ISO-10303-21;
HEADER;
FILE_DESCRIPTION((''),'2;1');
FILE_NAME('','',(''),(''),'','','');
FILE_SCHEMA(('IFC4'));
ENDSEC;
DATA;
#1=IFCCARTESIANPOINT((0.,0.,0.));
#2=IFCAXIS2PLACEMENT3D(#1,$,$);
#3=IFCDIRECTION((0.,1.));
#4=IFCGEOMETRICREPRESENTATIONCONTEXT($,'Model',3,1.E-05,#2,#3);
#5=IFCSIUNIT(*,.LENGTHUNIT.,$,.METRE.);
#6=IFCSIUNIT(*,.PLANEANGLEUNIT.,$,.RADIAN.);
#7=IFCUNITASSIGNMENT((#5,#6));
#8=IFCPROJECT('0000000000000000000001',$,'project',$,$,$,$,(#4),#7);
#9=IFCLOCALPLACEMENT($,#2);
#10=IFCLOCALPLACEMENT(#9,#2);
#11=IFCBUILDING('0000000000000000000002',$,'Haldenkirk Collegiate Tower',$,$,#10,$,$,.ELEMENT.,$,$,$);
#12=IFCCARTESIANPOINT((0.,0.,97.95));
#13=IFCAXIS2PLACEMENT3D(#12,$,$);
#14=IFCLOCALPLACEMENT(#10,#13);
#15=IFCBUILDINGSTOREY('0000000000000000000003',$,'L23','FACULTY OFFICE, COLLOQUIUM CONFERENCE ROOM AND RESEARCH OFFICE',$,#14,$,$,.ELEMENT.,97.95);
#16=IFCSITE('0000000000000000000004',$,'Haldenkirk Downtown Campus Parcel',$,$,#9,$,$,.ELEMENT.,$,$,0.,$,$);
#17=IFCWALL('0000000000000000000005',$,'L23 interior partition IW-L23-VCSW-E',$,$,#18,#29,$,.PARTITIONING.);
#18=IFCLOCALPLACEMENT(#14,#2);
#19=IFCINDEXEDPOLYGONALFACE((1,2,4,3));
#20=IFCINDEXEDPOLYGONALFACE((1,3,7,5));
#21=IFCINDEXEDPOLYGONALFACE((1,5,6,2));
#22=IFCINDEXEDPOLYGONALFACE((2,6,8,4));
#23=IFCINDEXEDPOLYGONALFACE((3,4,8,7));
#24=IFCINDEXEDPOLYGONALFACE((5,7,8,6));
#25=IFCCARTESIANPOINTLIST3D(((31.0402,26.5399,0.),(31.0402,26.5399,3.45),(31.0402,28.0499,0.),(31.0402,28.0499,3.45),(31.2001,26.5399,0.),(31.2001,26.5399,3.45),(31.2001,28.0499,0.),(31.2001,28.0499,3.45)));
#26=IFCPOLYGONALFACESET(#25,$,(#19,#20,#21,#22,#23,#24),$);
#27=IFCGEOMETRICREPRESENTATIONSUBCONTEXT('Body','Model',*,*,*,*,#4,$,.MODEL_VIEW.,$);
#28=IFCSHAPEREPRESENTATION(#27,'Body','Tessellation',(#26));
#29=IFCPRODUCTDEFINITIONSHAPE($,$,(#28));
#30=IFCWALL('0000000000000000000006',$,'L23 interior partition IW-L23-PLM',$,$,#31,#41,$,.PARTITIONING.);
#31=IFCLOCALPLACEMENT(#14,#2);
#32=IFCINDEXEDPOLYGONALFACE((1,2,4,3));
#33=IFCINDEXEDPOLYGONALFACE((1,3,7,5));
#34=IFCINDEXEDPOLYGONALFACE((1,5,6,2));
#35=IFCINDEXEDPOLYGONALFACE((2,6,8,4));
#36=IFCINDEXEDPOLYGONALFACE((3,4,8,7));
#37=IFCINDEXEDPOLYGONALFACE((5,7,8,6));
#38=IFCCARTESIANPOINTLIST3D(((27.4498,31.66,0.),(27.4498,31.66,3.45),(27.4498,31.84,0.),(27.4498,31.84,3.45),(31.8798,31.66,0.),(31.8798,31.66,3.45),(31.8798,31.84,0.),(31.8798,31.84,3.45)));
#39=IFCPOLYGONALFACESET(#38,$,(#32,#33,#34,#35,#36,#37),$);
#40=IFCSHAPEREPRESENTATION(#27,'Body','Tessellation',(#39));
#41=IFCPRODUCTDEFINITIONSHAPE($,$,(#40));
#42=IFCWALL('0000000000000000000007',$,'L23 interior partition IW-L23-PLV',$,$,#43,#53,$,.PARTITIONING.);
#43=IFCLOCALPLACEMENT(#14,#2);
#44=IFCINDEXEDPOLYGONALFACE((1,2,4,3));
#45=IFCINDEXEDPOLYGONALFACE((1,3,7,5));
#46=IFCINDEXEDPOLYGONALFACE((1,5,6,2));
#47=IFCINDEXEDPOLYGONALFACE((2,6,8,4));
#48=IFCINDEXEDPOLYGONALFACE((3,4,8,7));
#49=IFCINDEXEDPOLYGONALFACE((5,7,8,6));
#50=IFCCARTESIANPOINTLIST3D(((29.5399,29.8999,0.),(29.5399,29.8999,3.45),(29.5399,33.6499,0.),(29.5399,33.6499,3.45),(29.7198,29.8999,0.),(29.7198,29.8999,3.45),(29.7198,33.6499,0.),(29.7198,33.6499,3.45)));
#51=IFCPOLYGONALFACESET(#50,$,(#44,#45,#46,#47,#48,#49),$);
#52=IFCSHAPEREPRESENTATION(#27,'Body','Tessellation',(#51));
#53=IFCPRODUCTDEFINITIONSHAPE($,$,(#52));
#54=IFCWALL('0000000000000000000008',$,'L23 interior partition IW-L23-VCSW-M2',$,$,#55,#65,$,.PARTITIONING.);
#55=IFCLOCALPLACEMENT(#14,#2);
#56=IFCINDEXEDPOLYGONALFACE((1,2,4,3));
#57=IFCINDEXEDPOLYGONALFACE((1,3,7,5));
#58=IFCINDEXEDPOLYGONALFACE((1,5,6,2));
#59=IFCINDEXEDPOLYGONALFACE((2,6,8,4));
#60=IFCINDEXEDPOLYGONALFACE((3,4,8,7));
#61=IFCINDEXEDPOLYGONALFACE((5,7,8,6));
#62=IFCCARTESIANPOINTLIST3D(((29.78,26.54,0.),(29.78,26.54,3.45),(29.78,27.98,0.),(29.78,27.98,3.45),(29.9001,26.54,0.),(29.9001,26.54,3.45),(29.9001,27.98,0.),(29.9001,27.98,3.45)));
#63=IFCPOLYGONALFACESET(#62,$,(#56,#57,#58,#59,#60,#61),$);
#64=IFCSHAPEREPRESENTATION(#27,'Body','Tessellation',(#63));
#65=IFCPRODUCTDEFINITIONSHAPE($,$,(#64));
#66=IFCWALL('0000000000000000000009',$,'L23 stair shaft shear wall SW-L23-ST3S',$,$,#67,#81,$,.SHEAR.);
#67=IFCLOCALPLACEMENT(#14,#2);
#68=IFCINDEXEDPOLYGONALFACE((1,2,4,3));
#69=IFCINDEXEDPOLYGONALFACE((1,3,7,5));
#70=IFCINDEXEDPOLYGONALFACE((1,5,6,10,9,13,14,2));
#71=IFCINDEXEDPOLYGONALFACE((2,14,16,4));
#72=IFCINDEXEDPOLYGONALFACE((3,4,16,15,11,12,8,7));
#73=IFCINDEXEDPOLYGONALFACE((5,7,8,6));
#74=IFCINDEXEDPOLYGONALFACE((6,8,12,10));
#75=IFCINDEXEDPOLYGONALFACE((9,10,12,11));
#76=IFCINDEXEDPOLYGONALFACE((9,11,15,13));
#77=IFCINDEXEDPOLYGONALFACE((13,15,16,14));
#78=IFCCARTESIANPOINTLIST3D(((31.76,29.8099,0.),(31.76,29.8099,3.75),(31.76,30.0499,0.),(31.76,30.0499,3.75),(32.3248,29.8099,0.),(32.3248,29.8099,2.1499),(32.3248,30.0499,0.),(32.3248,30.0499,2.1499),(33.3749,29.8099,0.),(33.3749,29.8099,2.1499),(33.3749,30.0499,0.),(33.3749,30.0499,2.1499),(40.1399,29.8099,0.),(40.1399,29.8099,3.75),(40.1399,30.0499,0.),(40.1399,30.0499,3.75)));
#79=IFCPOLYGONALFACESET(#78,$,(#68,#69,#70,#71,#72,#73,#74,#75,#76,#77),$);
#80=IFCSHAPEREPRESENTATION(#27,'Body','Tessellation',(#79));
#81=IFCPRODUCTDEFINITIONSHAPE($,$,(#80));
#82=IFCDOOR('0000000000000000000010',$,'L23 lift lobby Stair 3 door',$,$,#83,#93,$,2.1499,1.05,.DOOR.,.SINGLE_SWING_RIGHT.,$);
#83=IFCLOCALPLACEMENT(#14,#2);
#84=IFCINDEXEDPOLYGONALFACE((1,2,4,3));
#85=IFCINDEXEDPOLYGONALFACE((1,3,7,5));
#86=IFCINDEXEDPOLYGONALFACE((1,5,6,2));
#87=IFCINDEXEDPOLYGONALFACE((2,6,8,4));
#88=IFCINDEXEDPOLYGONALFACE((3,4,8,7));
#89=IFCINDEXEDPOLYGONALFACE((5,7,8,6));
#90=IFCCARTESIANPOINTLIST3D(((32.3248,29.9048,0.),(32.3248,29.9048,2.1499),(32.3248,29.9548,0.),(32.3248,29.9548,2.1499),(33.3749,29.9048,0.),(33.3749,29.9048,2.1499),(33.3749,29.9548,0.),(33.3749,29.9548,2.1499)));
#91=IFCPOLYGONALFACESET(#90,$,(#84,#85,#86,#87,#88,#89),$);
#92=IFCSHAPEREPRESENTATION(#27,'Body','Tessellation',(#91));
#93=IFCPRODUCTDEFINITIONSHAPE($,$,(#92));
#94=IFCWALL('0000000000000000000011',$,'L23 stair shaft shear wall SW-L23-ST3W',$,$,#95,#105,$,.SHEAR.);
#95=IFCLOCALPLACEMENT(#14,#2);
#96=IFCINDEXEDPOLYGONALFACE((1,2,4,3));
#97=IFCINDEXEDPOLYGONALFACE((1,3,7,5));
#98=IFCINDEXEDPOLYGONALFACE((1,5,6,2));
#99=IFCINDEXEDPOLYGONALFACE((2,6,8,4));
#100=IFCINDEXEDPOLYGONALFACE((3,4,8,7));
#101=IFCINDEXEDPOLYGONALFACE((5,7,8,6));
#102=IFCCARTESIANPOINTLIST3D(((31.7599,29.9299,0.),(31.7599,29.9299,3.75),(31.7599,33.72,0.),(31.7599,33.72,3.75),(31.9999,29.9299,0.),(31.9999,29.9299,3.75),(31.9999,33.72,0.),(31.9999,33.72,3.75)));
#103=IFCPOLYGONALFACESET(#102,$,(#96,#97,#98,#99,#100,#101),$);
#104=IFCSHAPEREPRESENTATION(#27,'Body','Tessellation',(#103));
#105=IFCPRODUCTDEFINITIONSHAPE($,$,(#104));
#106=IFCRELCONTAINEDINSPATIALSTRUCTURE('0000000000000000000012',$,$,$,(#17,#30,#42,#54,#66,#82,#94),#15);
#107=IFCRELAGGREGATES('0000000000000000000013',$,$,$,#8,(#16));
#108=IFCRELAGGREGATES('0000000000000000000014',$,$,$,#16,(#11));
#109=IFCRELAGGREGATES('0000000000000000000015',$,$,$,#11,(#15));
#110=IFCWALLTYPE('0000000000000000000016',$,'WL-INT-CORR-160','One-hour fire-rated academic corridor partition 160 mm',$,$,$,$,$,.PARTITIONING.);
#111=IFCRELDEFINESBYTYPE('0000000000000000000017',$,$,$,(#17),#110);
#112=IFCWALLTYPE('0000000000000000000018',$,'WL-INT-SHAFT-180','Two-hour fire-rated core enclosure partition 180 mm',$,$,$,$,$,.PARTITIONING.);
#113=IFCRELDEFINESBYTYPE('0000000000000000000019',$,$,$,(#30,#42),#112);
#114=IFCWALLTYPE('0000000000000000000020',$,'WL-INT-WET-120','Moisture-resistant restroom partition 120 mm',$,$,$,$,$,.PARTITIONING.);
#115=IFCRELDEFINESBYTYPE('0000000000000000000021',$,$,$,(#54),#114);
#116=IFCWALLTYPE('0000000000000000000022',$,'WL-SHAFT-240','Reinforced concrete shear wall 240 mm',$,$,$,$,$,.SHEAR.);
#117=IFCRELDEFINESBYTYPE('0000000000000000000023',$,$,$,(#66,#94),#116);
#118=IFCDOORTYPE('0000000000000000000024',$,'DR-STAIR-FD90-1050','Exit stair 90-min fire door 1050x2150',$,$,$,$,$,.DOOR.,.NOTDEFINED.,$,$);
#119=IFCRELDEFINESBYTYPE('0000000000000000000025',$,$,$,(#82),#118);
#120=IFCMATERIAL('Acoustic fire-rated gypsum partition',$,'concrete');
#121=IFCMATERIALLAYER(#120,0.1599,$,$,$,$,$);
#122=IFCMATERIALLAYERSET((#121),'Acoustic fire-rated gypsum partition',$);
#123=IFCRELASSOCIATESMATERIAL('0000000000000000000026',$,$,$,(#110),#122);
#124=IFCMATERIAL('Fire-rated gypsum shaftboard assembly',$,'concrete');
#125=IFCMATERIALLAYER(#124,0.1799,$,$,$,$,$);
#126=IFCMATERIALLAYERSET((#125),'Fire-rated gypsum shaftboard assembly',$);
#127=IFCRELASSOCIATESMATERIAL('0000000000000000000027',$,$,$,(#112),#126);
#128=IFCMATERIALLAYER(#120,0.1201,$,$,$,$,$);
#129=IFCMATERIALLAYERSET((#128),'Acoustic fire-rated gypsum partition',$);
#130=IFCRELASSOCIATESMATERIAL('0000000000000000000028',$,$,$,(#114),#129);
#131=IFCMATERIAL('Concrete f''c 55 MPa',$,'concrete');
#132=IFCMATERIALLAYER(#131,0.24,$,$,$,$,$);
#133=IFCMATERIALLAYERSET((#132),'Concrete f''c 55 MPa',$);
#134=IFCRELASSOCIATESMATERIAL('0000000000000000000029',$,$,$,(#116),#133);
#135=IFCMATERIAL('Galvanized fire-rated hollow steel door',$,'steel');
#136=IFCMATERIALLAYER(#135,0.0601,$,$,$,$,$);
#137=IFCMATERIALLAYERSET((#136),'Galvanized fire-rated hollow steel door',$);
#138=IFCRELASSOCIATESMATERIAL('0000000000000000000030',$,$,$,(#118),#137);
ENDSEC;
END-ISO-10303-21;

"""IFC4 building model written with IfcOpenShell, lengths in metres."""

from ifc_helpers import new_model, si_unit, direction, frame, frame_2d, origin, place, context, subcontext, project, spatial, rectangle, extrude, material, layer, layer_set, type_object, element, fill, save


model = new_model("IFC4")

# Units and contexts
model_context = context("Model", 3, precision=1e-05, world=origin(), true_north=direction((0.0, 1.0)))
body_context = subcontext(model_context, "Body", "Model", "MODEL_VIEW")
ifc_project = project(units=[si_unit("LENGTHUNIT", "METRE"), si_unit("PLANEANGLEUNIT", "RADIAN")], contexts=[model_context])

# Site, building, storey
site_placement = place(None, origin())
site = spatial("IfcSite", under=ifc_project, at=site_placement, Name="Haldenkirk Downtown Campus Parcel", CompositionType="ELEMENT", RefElevation=0.0)
building_placement = place(site_placement, origin())
building = spatial("IfcBuilding", under=site, at=building_placement, Name="Haldenkirk Collegiate Tower", CompositionType="ELEMENT")
storey_placement = place(building_placement, frame((0.0, 0.0, 97.95)))
storey = spatial("IfcBuildingStorey", under=building, at=storey_placement, Name="L23", Description="FACULTY OFFICE, COLLOQUIUM CONFERENCE ROOM AND RESEARCH OFFICE", CompositionType="ELEMENT", Elevation=97.95)

# Shared definitions
ifc_material_1 = material(Name="Acoustic fire-rated gypsum partition", Category="concrete")
ifc_layer_1 = layer(ifc_material_1, 0.1599)
ifc_layer_set_1 = layer_set([ifc_layer_1], Name="Acoustic fire-rated gypsum partition")
wall_type_1 = type_object("IfcWallType", Name="WL-INT-CORR-160", Description="One-hour fire-rated academic corridor partition 160 mm", PredefinedType="PARTITIONING", material=ifc_layer_set_1)

# Wall
wall_1_placement = place(storey_placement, frame((31.1201, 26.54, 0.0), z_axis=(0.0, 0.0, 1.0), x_axis=(0.0, 1.0, 0.0)))
element("IfcWall", 1, at=wall_1_placement, inside=storey, type_object=wall_type_1, Name="L23 interior partition IW-L23-VCSW-E", PredefinedType="PARTITIONING", context=body_context, shape_type="SweptSolid", body=[
    extrude(rectangle(XDim=1.51, YDim=0.1599, at=frame_2d((0.7549, 0.0))), origin(), (0.0, 0.0, 1.0), 3.45),
])

# Shared definitions
ifc_material_2 = material(Name="Fire-rated gypsum shaftboard assembly", Category="concrete")
ifc_layer_2 = layer(ifc_material_2, 0.1799)
ifc_layer_set_2 = layer_set([ifc_layer_2], Name="Fire-rated gypsum shaftboard assembly")
wall_type_2 = type_object("IfcWallType", Name="WL-INT-SHAFT-180", Description="Two-hour fire-rated core enclosure partition 180 mm", PredefinedType="PARTITIONING", material=ifc_layer_set_2)

# Walls
wall_2_placement = place(storey_placement, frame((27.45, 31.75, 0.0), z_axis=(0.0, 0.0, 1.0), x_axis=(1.0, 0.0, 0.0)))
element("IfcWall", 2, at=wall_2_placement, inside=storey, type_object=wall_type_2, Name="L23 interior partition IW-L23-PLM", PredefinedType="PARTITIONING", context=body_context, shape_type="SweptSolid", body=[
    extrude(rectangle(XDim=4.4299, YDim=0.1799, at=frame_2d((2.2148, 0.0))), origin(), (0.0, 0.0, 1.0), 3.45),
])
wall_3_placement = place(storey_placement, frame((29.6299, 29.8999, 0.0), z_axis=(0.0, 0.0, 1.0), x_axis=(0.0, 1.0, 0.0)))
element("IfcWall", 3, at=wall_3_placement, inside=storey, type_object=wall_type_2, Name="L23 interior partition IW-L23-PLV", PredefinedType="PARTITIONING", context=body_context, shape_type="SweptSolid", body=[
    extrude(rectangle(XDim=3.75, YDim=0.1799, at=frame_2d((1.875, 0.0))), origin(), (0.0, 0.0, 1.0), 3.45),
])

# Wall
ifc_layer_3 = layer(ifc_material_1, 0.1201)
ifc_layer_set_3 = layer_set([ifc_layer_3], Name="Acoustic fire-rated gypsum partition")
wall_type_3 = type_object("IfcWallType", Name="WL-INT-WET-120", Description="Moisture-resistant restroom partition 120 mm", PredefinedType="PARTITIONING", material=ifc_layer_set_3)
wall_4_placement = place(storey_placement, frame((29.8401, 26.54, 0.0), z_axis=(0.0, 0.0, 1.0), x_axis=(0.0, 1.0, 0.0)))
element("IfcWall", 4, at=wall_4_placement, inside=storey, type_object=wall_type_3, Name="L23 interior partition IW-L23-VCSW-M2", PredefinedType="PARTITIONING", context=body_context, shape_type="SweptSolid", body=[
    extrude(rectangle(XDim=1.4399, YDim=0.1201, at=frame_2d((0.72, 0.0))), origin(), (0.0, 0.0, 1.0), 3.45),
])

# Wall, opening, door
ifc_material_3 = material(Name="Concrete f'c 55 MPa", Category="concrete")
ifc_layer_4 = layer(ifc_material_3, 0.24)
ifc_layer_set_4 = layer_set([ifc_layer_4], Name="Concrete f'c 55 MPa")
wall_type_4 = type_object("IfcWallType", Name="WL-SHAFT-240", Description="Reinforced concrete shear wall 240 mm", PredefinedType="SHEAR", material=ifc_layer_set_4)
wall_5_placement = place(storey_placement, frame((31.76, 29.9299, 0.0), z_axis=(0.0, 0.0, 1.0), x_axis=(1.0, 0.0, 0.0)))
wall_5 = element("IfcWall", 5, at=wall_5_placement, inside=storey, type_object=wall_type_4, Name="L23 stair shaft shear wall SW-L23-ST3S", PredefinedType="SHEAR", context=body_context, shape_type="SweptSolid", body=[
    extrude(rectangle(XDim=8.3799, YDim=0.24, at=frame_2d((4.1899, 0.0))), origin(), (0.0, 0.0, 1.0), 3.75),
])
opening_1_placement = place(wall_5_placement, frame((0.5649, 0.0, 0.0)))
opening_1 = element("IfcOpeningElement", 6, at=opening_1_placement, cuts=wall_5, PredefinedType="OPENING", context=body_context, shape_type="SweptSolid", body=[
    extrude(rectangle(XDim=1.05, YDim=2.1499, at=frame_2d((0.5249, 1.075))), frame((0.0, 0.1299, 0.0), z_axis=(0.0, -1.0, 0.0), x_axis=(1.0, 0.0, 0.0)), (0.0, 0.0, 1.0), 0.26),
])
ifc_material_4 = material(Name="Galvanized fire-rated hollow steel door", Category="steel")
ifc_layer_5 = layer(ifc_material_4, 0.0601)
ifc_layer_set_5 = layer_set([ifc_layer_5], Name="Galvanized fire-rated hollow steel door")
door_type_1 = type_object("IfcDoorType", Name="DR-STAIR-FD90-1050", Description="Exit stair 90-min fire door 1050x2150", OperationType="NOTDEFINED", PredefinedType="DOOR", material=ifc_layer_set_5)
door_1_placement = place(opening_1_placement, origin())
door_1 = element("IfcDoor", 7, at=door_1_placement, inside=storey, type_object=door_type_1, Name="L23 lift lobby Stair 3 door", OperationType="SINGLE_SWING_RIGHT", OverallHeight=2.1499, OverallWidth=1.05, PredefinedType="DOOR", context=body_context, shape_type="SweptSolid", body=[
    extrude(rectangle(XDim=1.05, YDim=2.1499, at=frame_2d((0.5249, 1.075))), frame((0.0, 0.0249, 0.0), z_axis=(0.0, -1.0, 0.0), x_axis=(1.0, 0.0, 0.0)), (0.0, 0.0, 1.0), 0.05),
])
fill(opening_1, door_1)

# Wall
wall_6_placement = place(storey_placement, frame((31.8799, 29.9299, 0.0), z_axis=(0.0, 0.0, 1.0), x_axis=(0.0, 1.0, 0.0)))
element("IfcWall", 8, at=wall_6_placement, inside=storey, type_object=wall_type_4, Name="L23 stair shaft shear wall SW-L23-ST3W", PredefinedType="SHEAR", context=body_context, shape_type="SweptSolid", body=[
    extrude(rectangle(XDim=3.79, YDim=0.24, at=frame_2d((1.895, 0.0))), origin(), (0.0, 0.0, 1.0), 3.75),
])

save(model, "model.ifc")
